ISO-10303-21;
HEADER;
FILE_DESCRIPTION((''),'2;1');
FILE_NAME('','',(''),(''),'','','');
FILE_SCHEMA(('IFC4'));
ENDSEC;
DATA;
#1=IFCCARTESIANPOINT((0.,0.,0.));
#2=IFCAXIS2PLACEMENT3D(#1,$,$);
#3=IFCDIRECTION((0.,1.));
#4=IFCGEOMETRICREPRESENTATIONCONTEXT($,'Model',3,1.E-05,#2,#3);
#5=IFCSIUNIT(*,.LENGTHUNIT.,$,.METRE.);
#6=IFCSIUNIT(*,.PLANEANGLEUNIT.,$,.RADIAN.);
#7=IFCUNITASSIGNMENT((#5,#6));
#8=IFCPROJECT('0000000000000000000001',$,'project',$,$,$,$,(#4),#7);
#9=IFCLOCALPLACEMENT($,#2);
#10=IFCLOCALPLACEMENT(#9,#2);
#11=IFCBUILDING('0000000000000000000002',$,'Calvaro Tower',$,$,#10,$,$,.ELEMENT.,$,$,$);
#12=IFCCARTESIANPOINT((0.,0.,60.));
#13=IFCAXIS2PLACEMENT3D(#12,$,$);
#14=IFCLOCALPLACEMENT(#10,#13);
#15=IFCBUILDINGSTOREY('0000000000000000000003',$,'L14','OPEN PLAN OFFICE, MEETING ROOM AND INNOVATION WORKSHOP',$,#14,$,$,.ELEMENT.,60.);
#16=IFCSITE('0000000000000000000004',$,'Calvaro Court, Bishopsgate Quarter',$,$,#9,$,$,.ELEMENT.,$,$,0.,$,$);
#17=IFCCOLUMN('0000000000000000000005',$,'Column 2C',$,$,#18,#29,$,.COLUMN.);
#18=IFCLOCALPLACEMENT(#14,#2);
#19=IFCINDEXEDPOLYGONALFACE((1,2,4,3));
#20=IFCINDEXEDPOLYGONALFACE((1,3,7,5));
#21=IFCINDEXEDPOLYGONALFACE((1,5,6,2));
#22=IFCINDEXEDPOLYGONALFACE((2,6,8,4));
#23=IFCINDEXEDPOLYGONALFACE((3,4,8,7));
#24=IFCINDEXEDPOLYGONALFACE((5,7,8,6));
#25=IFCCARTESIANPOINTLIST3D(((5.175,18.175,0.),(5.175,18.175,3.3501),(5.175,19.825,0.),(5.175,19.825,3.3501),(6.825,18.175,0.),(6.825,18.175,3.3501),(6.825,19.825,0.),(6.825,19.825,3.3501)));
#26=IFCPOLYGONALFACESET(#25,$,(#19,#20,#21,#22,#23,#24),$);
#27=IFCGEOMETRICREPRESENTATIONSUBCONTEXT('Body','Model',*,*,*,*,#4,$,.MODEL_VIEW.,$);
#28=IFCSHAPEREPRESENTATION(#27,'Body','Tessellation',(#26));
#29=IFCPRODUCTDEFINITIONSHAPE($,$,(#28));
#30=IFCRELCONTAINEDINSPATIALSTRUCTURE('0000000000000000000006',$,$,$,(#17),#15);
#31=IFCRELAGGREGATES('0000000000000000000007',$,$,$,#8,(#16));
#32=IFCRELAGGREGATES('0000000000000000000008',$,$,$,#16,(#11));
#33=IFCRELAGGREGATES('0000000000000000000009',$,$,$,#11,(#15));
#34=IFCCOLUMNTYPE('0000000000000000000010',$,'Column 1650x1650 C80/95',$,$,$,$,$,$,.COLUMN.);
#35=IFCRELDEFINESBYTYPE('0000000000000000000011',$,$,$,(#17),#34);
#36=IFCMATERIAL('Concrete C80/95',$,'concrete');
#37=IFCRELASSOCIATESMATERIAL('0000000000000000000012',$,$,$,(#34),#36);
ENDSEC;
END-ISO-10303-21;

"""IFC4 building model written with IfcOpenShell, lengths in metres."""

from ifc_helpers import new_model, si_unit, direction, frame, origin, origin_2d, place, context, subcontext, project, spatial, rectangle, extrude, material, material_profile, profile_set, type_object, element, save


model = new_model("IFC4")

# Units and contexts
model_context = context("Model", 3, precision=1e-05, world=origin(), true_north=direction((0.0, 1.0)))
body_context = subcontext(model_context, "Body", "Model", "MODEL_VIEW")
ifc_project = project(units=[si_unit("LENGTHUNIT", "METRE"), si_unit("PLANEANGLEUNIT", "RADIAN")], contexts=[model_context])

# Site, building, storey
site_placement = place(None, origin())
site = spatial("IfcSite", under=ifc_project, at=site_placement, Name="Calvaro Court, Bishopsgate Quarter", CompositionType="ELEMENT", RefElevation=0.0)
building_placement = place(site_placement, origin())
building = spatial("IfcBuilding", under=site, at=building_placement, Name="Calvaro Tower", CompositionType="ELEMENT")
storey_placement = place(building_placement, frame((0.0, 0.0, 60.0)))
storey = spatial("IfcBuildingStorey", under=building, at=storey_placement, Name="L14", Description="OPEN PLAN OFFICE, MEETING ROOM AND INNOVATION WORKSHOP", CompositionType="ELEMENT", Elevation=60.0)

# Column
ifc_material_1 = material(Name="Concrete C80/95", Category="concrete")
ifc_material_profile = material_profile(ifc_material_1, rectangle(XDim=1.6499, YDim=1.6499, at=origin_2d()), Name="RC 1650x1650")
ifc_profile_set = profile_set([ifc_material_profile], Name="Concrete C80/95")
column_type = type_object("IfcColumnType", Name="Column 1650x1650 C80/95", PredefinedType="COLUMN", material=ifc_profile_set)
column_placement = place(storey_placement, frame((6.0, 19.0, 0.0), z_axis=(0.0, 0.0, 1.0), x_axis=(1.0, 0.0, 0.0)))
element("IfcColumn", 1, at=column_placement, inside=storey, type_object=column_type, Name="Column 2C", PredefinedType="COLUMN", context=body_context, shape_type="SweptSolid", body=[
    extrude(rectangle(XDim=1.6499, YDim=1.6499, at=origin_2d()), origin(), (0.0, 0.0, 1.0), 3.3501),
])

save(model, "model.ifc")
